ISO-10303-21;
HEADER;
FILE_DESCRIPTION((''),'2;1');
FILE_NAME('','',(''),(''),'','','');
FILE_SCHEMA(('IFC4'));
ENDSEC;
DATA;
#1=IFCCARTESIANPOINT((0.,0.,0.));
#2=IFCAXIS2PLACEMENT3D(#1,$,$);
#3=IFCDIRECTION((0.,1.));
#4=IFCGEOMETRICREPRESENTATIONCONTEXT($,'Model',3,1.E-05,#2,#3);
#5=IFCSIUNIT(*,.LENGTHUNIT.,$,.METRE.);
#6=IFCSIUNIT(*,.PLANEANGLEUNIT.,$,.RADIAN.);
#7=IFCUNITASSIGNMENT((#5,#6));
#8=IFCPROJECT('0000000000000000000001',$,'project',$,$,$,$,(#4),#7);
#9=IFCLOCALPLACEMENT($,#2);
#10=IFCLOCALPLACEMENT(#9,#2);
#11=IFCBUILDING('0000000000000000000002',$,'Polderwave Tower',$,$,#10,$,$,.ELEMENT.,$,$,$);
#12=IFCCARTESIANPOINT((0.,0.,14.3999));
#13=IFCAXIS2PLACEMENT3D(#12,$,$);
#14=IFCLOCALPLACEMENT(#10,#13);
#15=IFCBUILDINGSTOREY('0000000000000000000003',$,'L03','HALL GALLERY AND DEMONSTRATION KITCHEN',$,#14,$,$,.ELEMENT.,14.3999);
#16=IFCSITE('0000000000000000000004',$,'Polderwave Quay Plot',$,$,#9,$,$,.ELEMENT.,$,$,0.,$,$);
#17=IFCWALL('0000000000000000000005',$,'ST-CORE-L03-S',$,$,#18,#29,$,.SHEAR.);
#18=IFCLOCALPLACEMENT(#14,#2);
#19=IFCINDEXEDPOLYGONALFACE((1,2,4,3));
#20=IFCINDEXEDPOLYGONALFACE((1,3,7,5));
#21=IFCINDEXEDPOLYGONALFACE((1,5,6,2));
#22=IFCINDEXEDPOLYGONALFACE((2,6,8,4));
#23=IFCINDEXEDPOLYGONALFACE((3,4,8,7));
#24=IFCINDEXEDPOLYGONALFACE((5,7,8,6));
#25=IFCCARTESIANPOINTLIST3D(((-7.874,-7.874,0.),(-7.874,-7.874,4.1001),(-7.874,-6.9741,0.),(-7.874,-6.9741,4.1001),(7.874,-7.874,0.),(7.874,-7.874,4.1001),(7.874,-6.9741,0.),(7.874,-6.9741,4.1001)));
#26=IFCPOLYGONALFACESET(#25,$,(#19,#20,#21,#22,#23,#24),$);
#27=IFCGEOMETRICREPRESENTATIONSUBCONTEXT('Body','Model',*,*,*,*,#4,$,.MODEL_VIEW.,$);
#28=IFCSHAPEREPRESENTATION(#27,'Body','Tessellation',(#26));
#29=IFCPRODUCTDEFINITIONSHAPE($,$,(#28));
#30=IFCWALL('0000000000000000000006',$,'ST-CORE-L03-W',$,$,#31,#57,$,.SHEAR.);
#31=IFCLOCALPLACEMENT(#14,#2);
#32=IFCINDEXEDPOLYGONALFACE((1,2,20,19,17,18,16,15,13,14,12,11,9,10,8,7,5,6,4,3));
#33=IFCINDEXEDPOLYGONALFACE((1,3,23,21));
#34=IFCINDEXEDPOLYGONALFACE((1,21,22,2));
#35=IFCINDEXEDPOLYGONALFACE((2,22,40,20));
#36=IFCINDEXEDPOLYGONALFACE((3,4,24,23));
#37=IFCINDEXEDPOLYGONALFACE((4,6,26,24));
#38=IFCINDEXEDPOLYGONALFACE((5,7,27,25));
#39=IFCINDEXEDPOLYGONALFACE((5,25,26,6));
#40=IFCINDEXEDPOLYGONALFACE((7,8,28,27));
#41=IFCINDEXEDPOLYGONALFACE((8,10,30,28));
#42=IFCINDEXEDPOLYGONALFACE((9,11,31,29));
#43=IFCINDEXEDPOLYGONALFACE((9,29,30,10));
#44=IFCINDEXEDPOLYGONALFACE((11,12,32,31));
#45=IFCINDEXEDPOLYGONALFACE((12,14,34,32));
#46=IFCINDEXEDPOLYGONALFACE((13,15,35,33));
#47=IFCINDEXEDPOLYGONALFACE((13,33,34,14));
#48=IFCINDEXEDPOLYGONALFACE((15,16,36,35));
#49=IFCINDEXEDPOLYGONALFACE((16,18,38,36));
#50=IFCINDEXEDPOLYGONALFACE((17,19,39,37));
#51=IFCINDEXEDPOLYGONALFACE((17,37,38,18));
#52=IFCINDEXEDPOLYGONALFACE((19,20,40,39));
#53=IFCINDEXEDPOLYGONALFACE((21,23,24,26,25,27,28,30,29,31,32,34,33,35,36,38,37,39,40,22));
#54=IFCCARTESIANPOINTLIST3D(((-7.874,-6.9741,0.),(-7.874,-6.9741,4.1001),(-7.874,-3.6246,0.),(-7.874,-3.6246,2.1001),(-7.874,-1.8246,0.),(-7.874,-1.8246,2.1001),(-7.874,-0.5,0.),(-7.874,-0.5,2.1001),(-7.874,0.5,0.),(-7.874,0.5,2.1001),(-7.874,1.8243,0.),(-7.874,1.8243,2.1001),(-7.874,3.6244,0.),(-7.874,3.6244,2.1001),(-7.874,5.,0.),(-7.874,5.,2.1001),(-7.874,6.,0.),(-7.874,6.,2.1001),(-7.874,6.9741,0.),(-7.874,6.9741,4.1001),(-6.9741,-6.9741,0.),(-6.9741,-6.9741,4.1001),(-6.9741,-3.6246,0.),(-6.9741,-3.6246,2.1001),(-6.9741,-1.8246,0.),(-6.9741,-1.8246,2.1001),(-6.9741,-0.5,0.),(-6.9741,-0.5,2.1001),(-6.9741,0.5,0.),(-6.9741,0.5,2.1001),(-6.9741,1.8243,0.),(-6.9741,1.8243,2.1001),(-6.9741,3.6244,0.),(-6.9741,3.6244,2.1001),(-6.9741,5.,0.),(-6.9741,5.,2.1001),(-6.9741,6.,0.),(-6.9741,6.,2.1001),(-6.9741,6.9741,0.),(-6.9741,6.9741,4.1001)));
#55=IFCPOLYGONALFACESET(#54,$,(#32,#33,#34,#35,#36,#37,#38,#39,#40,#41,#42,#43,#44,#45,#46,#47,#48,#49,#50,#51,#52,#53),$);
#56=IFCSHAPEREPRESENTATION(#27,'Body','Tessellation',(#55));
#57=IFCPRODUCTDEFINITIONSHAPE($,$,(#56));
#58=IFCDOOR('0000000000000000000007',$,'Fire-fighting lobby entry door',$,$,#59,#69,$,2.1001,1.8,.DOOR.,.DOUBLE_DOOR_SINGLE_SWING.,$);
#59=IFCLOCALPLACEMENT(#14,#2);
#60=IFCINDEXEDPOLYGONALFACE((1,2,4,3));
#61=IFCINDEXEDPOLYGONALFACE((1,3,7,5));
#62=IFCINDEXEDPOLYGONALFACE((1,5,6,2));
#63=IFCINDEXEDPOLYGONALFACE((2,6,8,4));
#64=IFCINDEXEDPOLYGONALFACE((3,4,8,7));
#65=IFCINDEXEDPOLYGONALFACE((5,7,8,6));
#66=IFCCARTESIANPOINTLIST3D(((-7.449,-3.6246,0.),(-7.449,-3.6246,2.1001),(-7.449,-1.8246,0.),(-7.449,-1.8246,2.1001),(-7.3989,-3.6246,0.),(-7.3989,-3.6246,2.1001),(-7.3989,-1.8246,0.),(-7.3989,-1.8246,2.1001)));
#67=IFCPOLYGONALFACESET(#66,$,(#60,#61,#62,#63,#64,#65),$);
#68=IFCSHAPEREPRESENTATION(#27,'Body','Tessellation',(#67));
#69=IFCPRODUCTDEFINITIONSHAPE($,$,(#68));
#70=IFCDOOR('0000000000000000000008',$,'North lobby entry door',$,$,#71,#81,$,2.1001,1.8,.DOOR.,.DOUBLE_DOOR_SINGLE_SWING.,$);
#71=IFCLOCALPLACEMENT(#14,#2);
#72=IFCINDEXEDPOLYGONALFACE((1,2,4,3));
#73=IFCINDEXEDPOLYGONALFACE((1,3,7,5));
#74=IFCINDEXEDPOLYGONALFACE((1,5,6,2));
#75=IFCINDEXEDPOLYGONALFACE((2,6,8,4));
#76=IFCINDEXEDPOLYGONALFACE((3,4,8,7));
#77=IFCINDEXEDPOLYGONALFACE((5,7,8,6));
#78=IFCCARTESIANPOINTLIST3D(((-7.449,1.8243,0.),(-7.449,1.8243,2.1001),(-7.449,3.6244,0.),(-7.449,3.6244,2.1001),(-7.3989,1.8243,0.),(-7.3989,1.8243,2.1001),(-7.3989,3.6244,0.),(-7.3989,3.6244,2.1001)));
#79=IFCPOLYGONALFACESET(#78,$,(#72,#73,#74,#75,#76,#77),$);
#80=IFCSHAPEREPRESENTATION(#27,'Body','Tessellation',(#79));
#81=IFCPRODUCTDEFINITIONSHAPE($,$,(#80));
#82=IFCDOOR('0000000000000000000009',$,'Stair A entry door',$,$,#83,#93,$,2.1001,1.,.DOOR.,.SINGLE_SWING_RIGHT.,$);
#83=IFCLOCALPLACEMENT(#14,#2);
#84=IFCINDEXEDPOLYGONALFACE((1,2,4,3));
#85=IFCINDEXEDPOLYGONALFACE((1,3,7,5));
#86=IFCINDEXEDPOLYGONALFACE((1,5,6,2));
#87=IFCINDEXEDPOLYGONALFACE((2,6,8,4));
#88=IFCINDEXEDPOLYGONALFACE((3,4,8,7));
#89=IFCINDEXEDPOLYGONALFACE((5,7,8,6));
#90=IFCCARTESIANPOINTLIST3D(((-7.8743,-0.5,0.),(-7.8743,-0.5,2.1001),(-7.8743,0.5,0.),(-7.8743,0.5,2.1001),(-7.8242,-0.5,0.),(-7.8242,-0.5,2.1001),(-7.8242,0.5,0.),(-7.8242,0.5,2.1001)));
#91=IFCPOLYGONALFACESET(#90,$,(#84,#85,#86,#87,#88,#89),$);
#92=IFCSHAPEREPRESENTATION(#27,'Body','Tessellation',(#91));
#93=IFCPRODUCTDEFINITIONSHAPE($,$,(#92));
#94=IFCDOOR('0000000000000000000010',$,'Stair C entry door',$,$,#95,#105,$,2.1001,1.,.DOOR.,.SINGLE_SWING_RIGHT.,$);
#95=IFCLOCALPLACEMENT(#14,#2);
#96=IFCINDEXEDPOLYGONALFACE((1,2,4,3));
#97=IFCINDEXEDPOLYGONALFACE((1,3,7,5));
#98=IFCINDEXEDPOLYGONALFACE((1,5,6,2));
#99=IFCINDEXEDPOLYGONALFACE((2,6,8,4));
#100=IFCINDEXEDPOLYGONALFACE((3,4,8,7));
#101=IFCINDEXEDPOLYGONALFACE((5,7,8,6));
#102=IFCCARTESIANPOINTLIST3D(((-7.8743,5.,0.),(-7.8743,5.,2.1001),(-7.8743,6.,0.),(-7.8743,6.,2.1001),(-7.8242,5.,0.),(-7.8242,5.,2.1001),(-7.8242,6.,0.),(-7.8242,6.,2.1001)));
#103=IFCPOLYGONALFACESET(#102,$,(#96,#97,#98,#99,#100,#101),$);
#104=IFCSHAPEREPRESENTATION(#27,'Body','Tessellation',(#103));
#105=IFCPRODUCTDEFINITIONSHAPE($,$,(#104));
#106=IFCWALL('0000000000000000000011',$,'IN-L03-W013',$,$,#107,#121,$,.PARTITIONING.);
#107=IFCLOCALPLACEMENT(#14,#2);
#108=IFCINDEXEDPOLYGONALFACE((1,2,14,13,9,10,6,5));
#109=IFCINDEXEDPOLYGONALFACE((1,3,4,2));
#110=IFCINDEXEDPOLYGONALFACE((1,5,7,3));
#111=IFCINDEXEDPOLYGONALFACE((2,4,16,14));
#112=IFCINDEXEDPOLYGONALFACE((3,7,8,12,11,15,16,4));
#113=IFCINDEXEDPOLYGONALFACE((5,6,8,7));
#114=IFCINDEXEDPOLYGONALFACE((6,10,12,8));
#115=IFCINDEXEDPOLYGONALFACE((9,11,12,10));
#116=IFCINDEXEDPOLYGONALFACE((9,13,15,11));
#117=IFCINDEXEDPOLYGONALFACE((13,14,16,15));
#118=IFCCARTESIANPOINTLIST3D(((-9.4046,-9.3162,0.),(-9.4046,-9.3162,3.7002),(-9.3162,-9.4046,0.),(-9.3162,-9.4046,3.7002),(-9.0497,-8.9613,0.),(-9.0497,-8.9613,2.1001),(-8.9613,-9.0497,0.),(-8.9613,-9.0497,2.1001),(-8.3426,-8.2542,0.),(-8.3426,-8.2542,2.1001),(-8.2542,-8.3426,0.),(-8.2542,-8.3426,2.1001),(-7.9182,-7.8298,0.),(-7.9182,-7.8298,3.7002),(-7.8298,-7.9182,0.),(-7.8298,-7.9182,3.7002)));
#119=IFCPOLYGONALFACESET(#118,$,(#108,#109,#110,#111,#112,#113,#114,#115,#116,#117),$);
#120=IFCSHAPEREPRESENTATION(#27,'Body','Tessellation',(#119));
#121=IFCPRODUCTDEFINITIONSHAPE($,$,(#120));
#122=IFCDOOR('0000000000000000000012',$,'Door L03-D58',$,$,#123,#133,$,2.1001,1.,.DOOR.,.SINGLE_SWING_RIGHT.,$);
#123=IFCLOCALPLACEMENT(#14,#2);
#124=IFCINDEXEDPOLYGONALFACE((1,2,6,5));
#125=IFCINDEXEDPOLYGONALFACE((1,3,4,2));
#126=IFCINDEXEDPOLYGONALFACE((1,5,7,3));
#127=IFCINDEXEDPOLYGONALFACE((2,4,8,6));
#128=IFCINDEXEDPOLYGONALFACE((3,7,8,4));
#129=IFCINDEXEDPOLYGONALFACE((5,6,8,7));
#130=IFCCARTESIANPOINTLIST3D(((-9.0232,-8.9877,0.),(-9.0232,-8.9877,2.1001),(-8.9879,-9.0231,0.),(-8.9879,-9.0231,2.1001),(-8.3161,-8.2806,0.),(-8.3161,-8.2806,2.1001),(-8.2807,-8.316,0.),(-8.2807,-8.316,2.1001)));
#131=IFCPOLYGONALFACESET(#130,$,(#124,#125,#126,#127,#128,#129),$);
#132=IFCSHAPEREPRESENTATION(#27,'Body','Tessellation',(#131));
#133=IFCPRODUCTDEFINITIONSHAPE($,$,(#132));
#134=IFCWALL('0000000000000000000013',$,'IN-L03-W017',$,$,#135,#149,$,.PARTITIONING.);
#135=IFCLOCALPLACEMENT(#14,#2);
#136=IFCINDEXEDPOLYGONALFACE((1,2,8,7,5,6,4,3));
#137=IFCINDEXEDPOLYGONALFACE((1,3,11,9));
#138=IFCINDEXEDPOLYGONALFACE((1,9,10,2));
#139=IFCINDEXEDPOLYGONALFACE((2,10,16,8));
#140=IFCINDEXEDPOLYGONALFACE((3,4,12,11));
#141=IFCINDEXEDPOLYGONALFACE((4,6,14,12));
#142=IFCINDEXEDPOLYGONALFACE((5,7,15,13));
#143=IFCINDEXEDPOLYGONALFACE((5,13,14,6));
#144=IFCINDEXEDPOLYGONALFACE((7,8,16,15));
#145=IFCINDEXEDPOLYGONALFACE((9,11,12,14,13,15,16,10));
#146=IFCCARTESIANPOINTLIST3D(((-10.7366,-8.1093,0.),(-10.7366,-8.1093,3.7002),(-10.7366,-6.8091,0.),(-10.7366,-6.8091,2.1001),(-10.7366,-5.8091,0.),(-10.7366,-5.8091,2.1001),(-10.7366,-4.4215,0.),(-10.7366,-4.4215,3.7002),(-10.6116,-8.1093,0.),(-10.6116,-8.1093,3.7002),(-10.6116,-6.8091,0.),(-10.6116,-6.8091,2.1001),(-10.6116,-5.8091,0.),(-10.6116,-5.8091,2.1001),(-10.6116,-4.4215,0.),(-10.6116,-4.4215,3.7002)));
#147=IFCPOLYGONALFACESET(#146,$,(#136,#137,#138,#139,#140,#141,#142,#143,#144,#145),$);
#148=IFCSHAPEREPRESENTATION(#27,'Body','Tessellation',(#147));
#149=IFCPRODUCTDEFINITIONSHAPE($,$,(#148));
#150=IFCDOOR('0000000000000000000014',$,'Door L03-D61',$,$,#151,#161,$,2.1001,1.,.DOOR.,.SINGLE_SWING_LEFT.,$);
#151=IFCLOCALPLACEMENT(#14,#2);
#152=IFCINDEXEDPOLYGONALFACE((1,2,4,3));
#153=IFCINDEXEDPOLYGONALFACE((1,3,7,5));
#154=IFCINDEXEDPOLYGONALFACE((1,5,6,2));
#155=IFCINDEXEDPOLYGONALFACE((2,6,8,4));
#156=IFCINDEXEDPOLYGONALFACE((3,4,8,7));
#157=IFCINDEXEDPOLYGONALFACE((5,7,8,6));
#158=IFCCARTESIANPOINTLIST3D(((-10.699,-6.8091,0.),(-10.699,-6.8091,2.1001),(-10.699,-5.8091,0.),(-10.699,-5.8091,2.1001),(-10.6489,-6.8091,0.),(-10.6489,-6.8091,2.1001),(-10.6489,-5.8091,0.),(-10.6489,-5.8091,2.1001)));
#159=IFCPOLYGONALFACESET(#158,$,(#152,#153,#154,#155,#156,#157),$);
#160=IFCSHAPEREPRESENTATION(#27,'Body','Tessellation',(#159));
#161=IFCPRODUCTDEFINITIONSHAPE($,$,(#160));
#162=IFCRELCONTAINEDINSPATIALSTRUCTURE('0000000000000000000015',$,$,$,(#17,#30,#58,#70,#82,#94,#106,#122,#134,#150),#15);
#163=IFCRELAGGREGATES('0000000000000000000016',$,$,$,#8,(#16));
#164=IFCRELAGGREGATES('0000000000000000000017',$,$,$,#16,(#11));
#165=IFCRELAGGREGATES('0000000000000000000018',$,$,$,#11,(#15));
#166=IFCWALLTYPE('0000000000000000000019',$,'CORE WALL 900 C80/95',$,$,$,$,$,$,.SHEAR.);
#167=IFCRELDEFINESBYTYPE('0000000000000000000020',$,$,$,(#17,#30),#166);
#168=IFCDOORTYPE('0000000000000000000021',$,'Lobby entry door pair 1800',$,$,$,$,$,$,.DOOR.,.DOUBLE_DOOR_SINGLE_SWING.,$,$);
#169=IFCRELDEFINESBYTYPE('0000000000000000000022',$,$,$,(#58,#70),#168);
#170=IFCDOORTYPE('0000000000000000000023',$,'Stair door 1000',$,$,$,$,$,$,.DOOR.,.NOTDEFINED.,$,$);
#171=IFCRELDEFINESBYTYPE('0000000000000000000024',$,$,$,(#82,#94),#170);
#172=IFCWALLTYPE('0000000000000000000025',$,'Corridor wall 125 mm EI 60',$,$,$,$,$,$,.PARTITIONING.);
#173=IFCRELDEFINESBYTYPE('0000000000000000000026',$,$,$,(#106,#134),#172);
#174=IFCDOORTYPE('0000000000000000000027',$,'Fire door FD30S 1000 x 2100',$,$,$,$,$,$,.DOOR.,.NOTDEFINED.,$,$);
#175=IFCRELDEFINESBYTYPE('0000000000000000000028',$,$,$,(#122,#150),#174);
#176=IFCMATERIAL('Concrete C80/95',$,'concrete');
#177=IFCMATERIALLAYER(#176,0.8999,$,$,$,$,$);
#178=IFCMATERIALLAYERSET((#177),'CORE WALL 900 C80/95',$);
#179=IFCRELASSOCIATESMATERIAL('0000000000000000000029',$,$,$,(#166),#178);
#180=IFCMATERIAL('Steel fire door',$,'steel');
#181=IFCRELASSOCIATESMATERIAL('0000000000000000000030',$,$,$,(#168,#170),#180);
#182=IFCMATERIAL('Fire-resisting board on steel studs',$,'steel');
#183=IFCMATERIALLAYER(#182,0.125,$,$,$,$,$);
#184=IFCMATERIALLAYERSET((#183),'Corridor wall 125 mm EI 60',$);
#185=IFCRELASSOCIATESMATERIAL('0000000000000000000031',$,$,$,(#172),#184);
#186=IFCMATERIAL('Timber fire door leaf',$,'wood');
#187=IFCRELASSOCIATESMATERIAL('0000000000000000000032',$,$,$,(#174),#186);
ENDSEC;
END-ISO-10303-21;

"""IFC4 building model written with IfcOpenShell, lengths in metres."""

from ifc_helpers import new_model, si_unit, direction, frame, frame_2d, origin, place, context, subcontext, project, spatial, rectangle, extrude, material, layer, layer_set, type_object, element, fill, save


model = new_model("IFC4")

# Units and contexts
model_context = context("Model", 3, precision=1e-05, world=origin(), true_north=direction((0.0, 1.0)))
body_context = subcontext(model_context, "Body", "Model", "MODEL_VIEW")
ifc_project = project(units=[si_unit("LENGTHUNIT", "METRE"), si_unit("PLANEANGLEUNIT", "RADIAN")], contexts=[model_context])

# Site, building, storey
site_placement = place(None, origin())
site = spatial("IfcSite", under=ifc_project, at=site_placement, Name="Polderwave Quay Plot", CompositionType="ELEMENT", RefElevation=0.0)
building_placement = place(site_placement, origin())
building = spatial("IfcBuilding", under=site, at=building_placement, Name="Polderwave Tower", CompositionType="ELEMENT")
storey_placement = place(building_placement, frame((0.0, 0.0, 14.3999)))
storey = spatial("IfcBuildingStorey", under=building, at=storey_placement, Name="L03", Description="HALL GALLERY AND DEMONSTRATION KITCHEN", CompositionType="ELEMENT", Elevation=14.3999)

# Wall
ifc_material_1 = material(Name="Concrete C80/95", Category="concrete")
ifc_layer_1 = layer(ifc_material_1, 0.8999)
ifc_layer_set_1 = layer_set([ifc_layer_1], Name="CORE WALL 900 C80/95")
wall_type_1 = type_object("IfcWallType", Name="CORE WALL 900 C80/95", PredefinedType="SHEAR", material=ifc_layer_set_1)
wall_1_placement = place(storey_placement, frame((-7.874, -7.4241, 0.0), z_axis=(0.0, 0.0, 1.0), x_axis=(1.0, 0.0, 0.0)))
element("IfcWall", 1, at=wall_1_placement, inside=storey, type_object=wall_type_1, Name="ST-CORE-L03-S", PredefinedType="SHEAR", context=body_context, shape_type="SweptSolid", body=[
    extrude(rectangle(XDim=15.748, YDim=0.8999, at=frame_2d((7.874, 0.0))), origin(), (0.0, 0.0, 1.0), 4.1001),
])

# Wall, openings, doors
wall_2_placement = place(storey_placement, frame((-7.4241, -6.9741, 0.0), z_axis=(0.0, 0.0, 1.0), x_axis=(0.0, 1.0, 0.0)))
wall_2 = element("IfcWall", 2, at=wall_2_placement, inside=storey, type_object=wall_type_1, Name="ST-CORE-L03-W", PredefinedType="SHEAR", context=body_context, shape_type="SweptSolid", body=[
    extrude(rectangle(XDim=13.9482, YDim=0.8999, at=frame_2d((6.9741, 0.0))), origin(), (0.0, 0.0, 1.0), 4.1001),
])
opening_1_placement = place(wall_2_placement, frame((6.4741, 0.0, 0.0)))
opening_1 = element("IfcOpeningElement", 3, at=opening_1_placement, cuts=wall_2, PredefinedType="OPENING", context=body_context, shape_type="SweptSolid", body=[
    extrude(rectangle(XDim=1.0, YDim=2.1001, at=frame_2d((0.5, 1.05))), frame((0.0, 0.46, 0.0), z_axis=(0.0, -1.0, 0.0), x_axis=(1.0, 0.0, 0.0)), (0.0, 0.0, 1.0), 0.9199),
])
opening_2_placement = place(wall_2_placement, frame((3.3496, 0.0, 0.0)))
opening_2 = element("IfcOpeningElement", 4, at=opening_2_placement, cuts=wall_2, PredefinedType="OPENING", context=body_context, shape_type="SweptSolid", body=[
    extrude(rectangle(XDim=1.8, YDim=2.1001, at=frame_2d((0.8999, 1.05))), frame((0.0, 0.46, 0.0), z_axis=(0.0, -1.0, 0.0), x_axis=(1.0, 0.0, 0.0)), (0.0, 0.0, 1.0), 0.9199),
])
opening_3_placement = place(wall_2_placement, frame((8.7986, 0.0, 0.0)))
opening_3 = element("IfcOpeningElement", 5, at=opening_3_placement, cuts=wall_2, PredefinedType="OPENING", context=body_context, shape_type="SweptSolid", body=[
    extrude(rectangle(XDim=1.8, YDim=2.1001, at=frame_2d((0.8999, 1.05))), frame((0.0, 0.46, 0.0), z_axis=(0.0, -1.0, 0.0), x_axis=(1.0, 0.0, 0.0)), (0.0, 0.0, 1.0), 0.9199),
])
opening_4_placement = place(wall_2_placement, frame((11.9741, 0.0, 0.0)))
opening_4 = element("IfcOpeningElement", 6, at=opening_4_placement, cuts=wall_2, PredefinedType="OPENING", context=body_context, shape_type="SweptSolid", body=[
    extrude(rectangle(XDim=1.0, YDim=2.1001, at=frame_2d((0.5, 1.05))), frame((0.0, 0.46, 0.0), z_axis=(0.0, -1.0, 0.0), x_axis=(1.0, 0.0, 0.0)), (0.0, 0.0, 1.0), 0.9199),
])
ifc_material_2 = material(Name="Steel fire door", Category="steel")
door_type_1 = type_object("IfcDoorType", Name="Lobby entry door pair 1800", OperationType="DOUBLE_DOOR_SINGLE_SWING", PredefinedType="DOOR", material=ifc_material_2)
door_1_placement = place(opening_2_placement, origin())
door_1 = element("IfcDoor", 7, at=door_1_placement, inside=storey, type_object=door_type_1, Name="Fire-fighting lobby entry door", OperationType="DOUBLE_DOOR_SINGLE_SWING", OverallHeight=2.1001, OverallWidth=1.8, PredefinedType="DOOR", context=body_context, shape_type="SweptSolid", body=[
    extrude(rectangle(XDim=1.8, YDim=2.1001, at=frame_2d((0.8999, 1.05))), frame((0.0, 0.0249, 0.0), z_axis=(0.0, -1.0, 0.0), x_axis=(1.0, 0.0, 0.0)), (0.0, 0.0, 1.0), 0.05),
])
fill(opening_2, door_1)
door_2_placement = place(opening_3_placement, origin())
door_2 = element("IfcDoor", 8, at=door_2_placement, inside=storey, type_object=door_type_1, Name="North lobby entry door", OperationType="DOUBLE_DOOR_SINGLE_SWING", OverallHeight=2.1001, OverallWidth=1.8, PredefinedType="DOOR", context=body_context, shape_type="SweptSolid", body=[
    extrude(rectangle(XDim=1.8, YDim=2.1001, at=frame_2d((0.8999, 1.05))), frame((0.0, 0.0249, 0.0), z_axis=(0.0, -1.0, 0.0), x_axis=(1.0, 0.0, 0.0)), (0.0, 0.0, 1.0), 0.05),
])
fill(opening_3, door_2)
door_type_2 = type_object("IfcDoorType", Name="Stair door 1000", OperationType="NOTDEFINED", PredefinedType="DOOR", material=ifc_material_2)
door_3_placement = place(opening_1_placement, origin())
door_3 = element("IfcDoor", 9, at=door_3_placement, inside=storey, type_object=door_type_2, Name="Stair A entry door", OperationType="SINGLE_SWING_RIGHT", OverallHeight=2.1001, OverallWidth=1.0, PredefinedType="DOOR", context=body_context, shape_type="SweptSolid", body=[
    extrude(rectangle(XDim=1.0, YDim=2.1001, at=frame_2d((0.5, 1.05))), frame((0.0, 0.4502, 0.0), z_axis=(0.0, -1.0, 0.0), x_axis=(1.0, 0.0, 0.0)), (0.0, 0.0, 1.0), 0.05),
])
fill(opening_1, door_3)
door_4_placement = place(opening_4_placement, origin())
door_4 = element("IfcDoor", 10, at=door_4_placement, inside=storey, type_object=door_type_2, Name="Stair C entry door", OperationType="SINGLE_SWING_RIGHT", OverallHeight=2.1001, OverallWidth=1.0, PredefinedType="DOOR", context=body_context, shape_type="SweptSolid", body=[
    extrude(rectangle(XDim=1.0, YDim=2.1001, at=frame_2d((0.5, 1.05))), frame((0.0, 0.4502, 0.0), z_axis=(0.0, -1.0, 0.0), x_axis=(1.0, 0.0, 0.0)), (0.0, 0.0, 1.0), 0.05),
])
fill(opening_4, door_4)

# Walls, openings, doors
ifc_material_3 = material(Name="Fire-resisting board on steel studs", Category="steel")
ifc_layer_2 = layer(ifc_material_3, 0.125)
ifc_layer_set_2 = layer_set([ifc_layer_2], Name="Corridor wall 125 mm EI 60")
wall_type_2 = type_object("IfcWallType", Name="Corridor wall 125 mm EI 60", PredefinedType="PARTITIONING", material=ifc_layer_set_2)
wall_3_placement = place(storey_placement, frame((-7.874, -7.874, 0.0), z_axis=(0.0, 0.0, 1.0), x_axis=(-0.707107, -0.707107, 0.0)))
wall_3 = element("IfcWall", 11, at=wall_3_placement, inside=storey, type_object=wall_type_2, Name="IN-L03-W013", PredefinedType="PARTITIONING", context=body_context, shape_type="SweptSolid", body=[
    extrude(rectangle(XDim=2.1021, YDim=0.125, at=frame_2d((1.051, 0.0))), origin(), (0.0, 0.0, 1.0), 3.7002),
])
opening_5_placement = place(wall_3_placement, frame((0.6001, 0.0, 0.0)))
opening_5 = element("IfcOpeningElement", 12, at=opening_5_placement, cuts=wall_3, PredefinedType="OPENING", context=body_context, shape_type="SweptSolid", body=[
    extrude(rectangle(XDim=1.0, YDim=2.1001, at=frame_2d((0.5, 1.05))), frame((0.0, 0.0725, 0.0), z_axis=(0.0, -1.0, 0.0), x_axis=(1.0, 0.0, 0.0)), (0.0, 0.0, 1.0), 0.145),
])
ifc_material_4 = material(Name="Timber fire door leaf", Category="wood")
door_type_3 = type_object("IfcDoorType", Name="Fire door FD30S 1000 x 2100", OperationType="NOTDEFINED", PredefinedType="DOOR", material=ifc_material_4)
door_5_placement = place(opening_5_placement, origin())
door_5 = element("IfcDoor", 13, at=door_5_placement, inside=storey, type_object=door_type_3, Name="Door L03-D58", OperationType="SINGLE_SWING_RIGHT", OverallHeight=2.1001, OverallWidth=1.0, PredefinedType="DOOR", context=body_context, shape_type="SweptSolid", body=[
    extrude(rectangle(XDim=1.0, YDim=2.1001, at=frame_2d((0.5, 1.05))), frame((0.0, 0.0249, 0.0), z_axis=(0.0, -1.0, 0.0), x_axis=(1.0, 0.0, 0.0)), (0.0, 0.0, 1.0), 0.05),
])
fill(opening_5, door_5)
wall_4_placement = place(storey_placement, frame((-10.6741, -8.1091, 0.0), z_axis=(0.0, 0.0, 1.0), x_axis=(0.0, 1.0, 0.0)))
wall_4 = element("IfcWall", 14, at=wall_4_placement, inside=storey, type_object=wall_type_2, Name="IN-L03-W017", PredefinedType="PARTITIONING", context=body_context, shape_type="SweptSolid", body=[
    extrude(rectangle(XDim=3.6877, YDim=0.125, at=frame_2d((1.8438, 0.0))), origin(), (0.0, 0.0, 1.0), 3.7002),
])
opening_6_placement = place(wall_4_placement, frame((1.3, 0.0, 0.0)))
opening_6 = element("IfcOpeningElement", 15, at=opening_6_placement, cuts=wall_4, PredefinedType="OPENING", context=body_context, shape_type="SweptSolid", body=[
    extrude(rectangle(XDim=1.0, YDim=2.1001, at=frame_2d((0.5, 1.05))), frame((0.0, 0.0725, 0.0), z_axis=(0.0, -1.0, 0.0), x_axis=(1.0, 0.0, 0.0)), (0.0, 0.0, 1.0), 0.145),
])
door_6_placement = place(opening_6_placement, origin())
door_6 = element("IfcDoor", 16, at=door_6_placement, inside=storey, type_object=door_type_3, Name="Door L03-D61", OperationType="SINGLE_SWING_LEFT", OverallHeight=2.1001, OverallWidth=1.0, PredefinedType="DOOR", context=body_context, shape_type="SweptSolid", body=[
    extrude(rectangle(XDim=1.0, YDim=2.1001, at=frame_2d((0.5, 1.05))), frame((0.0, 0.0249, 0.0), z_axis=(0.0, -1.0, 0.0), x_axis=(1.0, 0.0, 0.0)), (0.0, 0.0, 1.0), 0.05),
])
fill(opening_6, door_6)

save(model, "model.ifc")
